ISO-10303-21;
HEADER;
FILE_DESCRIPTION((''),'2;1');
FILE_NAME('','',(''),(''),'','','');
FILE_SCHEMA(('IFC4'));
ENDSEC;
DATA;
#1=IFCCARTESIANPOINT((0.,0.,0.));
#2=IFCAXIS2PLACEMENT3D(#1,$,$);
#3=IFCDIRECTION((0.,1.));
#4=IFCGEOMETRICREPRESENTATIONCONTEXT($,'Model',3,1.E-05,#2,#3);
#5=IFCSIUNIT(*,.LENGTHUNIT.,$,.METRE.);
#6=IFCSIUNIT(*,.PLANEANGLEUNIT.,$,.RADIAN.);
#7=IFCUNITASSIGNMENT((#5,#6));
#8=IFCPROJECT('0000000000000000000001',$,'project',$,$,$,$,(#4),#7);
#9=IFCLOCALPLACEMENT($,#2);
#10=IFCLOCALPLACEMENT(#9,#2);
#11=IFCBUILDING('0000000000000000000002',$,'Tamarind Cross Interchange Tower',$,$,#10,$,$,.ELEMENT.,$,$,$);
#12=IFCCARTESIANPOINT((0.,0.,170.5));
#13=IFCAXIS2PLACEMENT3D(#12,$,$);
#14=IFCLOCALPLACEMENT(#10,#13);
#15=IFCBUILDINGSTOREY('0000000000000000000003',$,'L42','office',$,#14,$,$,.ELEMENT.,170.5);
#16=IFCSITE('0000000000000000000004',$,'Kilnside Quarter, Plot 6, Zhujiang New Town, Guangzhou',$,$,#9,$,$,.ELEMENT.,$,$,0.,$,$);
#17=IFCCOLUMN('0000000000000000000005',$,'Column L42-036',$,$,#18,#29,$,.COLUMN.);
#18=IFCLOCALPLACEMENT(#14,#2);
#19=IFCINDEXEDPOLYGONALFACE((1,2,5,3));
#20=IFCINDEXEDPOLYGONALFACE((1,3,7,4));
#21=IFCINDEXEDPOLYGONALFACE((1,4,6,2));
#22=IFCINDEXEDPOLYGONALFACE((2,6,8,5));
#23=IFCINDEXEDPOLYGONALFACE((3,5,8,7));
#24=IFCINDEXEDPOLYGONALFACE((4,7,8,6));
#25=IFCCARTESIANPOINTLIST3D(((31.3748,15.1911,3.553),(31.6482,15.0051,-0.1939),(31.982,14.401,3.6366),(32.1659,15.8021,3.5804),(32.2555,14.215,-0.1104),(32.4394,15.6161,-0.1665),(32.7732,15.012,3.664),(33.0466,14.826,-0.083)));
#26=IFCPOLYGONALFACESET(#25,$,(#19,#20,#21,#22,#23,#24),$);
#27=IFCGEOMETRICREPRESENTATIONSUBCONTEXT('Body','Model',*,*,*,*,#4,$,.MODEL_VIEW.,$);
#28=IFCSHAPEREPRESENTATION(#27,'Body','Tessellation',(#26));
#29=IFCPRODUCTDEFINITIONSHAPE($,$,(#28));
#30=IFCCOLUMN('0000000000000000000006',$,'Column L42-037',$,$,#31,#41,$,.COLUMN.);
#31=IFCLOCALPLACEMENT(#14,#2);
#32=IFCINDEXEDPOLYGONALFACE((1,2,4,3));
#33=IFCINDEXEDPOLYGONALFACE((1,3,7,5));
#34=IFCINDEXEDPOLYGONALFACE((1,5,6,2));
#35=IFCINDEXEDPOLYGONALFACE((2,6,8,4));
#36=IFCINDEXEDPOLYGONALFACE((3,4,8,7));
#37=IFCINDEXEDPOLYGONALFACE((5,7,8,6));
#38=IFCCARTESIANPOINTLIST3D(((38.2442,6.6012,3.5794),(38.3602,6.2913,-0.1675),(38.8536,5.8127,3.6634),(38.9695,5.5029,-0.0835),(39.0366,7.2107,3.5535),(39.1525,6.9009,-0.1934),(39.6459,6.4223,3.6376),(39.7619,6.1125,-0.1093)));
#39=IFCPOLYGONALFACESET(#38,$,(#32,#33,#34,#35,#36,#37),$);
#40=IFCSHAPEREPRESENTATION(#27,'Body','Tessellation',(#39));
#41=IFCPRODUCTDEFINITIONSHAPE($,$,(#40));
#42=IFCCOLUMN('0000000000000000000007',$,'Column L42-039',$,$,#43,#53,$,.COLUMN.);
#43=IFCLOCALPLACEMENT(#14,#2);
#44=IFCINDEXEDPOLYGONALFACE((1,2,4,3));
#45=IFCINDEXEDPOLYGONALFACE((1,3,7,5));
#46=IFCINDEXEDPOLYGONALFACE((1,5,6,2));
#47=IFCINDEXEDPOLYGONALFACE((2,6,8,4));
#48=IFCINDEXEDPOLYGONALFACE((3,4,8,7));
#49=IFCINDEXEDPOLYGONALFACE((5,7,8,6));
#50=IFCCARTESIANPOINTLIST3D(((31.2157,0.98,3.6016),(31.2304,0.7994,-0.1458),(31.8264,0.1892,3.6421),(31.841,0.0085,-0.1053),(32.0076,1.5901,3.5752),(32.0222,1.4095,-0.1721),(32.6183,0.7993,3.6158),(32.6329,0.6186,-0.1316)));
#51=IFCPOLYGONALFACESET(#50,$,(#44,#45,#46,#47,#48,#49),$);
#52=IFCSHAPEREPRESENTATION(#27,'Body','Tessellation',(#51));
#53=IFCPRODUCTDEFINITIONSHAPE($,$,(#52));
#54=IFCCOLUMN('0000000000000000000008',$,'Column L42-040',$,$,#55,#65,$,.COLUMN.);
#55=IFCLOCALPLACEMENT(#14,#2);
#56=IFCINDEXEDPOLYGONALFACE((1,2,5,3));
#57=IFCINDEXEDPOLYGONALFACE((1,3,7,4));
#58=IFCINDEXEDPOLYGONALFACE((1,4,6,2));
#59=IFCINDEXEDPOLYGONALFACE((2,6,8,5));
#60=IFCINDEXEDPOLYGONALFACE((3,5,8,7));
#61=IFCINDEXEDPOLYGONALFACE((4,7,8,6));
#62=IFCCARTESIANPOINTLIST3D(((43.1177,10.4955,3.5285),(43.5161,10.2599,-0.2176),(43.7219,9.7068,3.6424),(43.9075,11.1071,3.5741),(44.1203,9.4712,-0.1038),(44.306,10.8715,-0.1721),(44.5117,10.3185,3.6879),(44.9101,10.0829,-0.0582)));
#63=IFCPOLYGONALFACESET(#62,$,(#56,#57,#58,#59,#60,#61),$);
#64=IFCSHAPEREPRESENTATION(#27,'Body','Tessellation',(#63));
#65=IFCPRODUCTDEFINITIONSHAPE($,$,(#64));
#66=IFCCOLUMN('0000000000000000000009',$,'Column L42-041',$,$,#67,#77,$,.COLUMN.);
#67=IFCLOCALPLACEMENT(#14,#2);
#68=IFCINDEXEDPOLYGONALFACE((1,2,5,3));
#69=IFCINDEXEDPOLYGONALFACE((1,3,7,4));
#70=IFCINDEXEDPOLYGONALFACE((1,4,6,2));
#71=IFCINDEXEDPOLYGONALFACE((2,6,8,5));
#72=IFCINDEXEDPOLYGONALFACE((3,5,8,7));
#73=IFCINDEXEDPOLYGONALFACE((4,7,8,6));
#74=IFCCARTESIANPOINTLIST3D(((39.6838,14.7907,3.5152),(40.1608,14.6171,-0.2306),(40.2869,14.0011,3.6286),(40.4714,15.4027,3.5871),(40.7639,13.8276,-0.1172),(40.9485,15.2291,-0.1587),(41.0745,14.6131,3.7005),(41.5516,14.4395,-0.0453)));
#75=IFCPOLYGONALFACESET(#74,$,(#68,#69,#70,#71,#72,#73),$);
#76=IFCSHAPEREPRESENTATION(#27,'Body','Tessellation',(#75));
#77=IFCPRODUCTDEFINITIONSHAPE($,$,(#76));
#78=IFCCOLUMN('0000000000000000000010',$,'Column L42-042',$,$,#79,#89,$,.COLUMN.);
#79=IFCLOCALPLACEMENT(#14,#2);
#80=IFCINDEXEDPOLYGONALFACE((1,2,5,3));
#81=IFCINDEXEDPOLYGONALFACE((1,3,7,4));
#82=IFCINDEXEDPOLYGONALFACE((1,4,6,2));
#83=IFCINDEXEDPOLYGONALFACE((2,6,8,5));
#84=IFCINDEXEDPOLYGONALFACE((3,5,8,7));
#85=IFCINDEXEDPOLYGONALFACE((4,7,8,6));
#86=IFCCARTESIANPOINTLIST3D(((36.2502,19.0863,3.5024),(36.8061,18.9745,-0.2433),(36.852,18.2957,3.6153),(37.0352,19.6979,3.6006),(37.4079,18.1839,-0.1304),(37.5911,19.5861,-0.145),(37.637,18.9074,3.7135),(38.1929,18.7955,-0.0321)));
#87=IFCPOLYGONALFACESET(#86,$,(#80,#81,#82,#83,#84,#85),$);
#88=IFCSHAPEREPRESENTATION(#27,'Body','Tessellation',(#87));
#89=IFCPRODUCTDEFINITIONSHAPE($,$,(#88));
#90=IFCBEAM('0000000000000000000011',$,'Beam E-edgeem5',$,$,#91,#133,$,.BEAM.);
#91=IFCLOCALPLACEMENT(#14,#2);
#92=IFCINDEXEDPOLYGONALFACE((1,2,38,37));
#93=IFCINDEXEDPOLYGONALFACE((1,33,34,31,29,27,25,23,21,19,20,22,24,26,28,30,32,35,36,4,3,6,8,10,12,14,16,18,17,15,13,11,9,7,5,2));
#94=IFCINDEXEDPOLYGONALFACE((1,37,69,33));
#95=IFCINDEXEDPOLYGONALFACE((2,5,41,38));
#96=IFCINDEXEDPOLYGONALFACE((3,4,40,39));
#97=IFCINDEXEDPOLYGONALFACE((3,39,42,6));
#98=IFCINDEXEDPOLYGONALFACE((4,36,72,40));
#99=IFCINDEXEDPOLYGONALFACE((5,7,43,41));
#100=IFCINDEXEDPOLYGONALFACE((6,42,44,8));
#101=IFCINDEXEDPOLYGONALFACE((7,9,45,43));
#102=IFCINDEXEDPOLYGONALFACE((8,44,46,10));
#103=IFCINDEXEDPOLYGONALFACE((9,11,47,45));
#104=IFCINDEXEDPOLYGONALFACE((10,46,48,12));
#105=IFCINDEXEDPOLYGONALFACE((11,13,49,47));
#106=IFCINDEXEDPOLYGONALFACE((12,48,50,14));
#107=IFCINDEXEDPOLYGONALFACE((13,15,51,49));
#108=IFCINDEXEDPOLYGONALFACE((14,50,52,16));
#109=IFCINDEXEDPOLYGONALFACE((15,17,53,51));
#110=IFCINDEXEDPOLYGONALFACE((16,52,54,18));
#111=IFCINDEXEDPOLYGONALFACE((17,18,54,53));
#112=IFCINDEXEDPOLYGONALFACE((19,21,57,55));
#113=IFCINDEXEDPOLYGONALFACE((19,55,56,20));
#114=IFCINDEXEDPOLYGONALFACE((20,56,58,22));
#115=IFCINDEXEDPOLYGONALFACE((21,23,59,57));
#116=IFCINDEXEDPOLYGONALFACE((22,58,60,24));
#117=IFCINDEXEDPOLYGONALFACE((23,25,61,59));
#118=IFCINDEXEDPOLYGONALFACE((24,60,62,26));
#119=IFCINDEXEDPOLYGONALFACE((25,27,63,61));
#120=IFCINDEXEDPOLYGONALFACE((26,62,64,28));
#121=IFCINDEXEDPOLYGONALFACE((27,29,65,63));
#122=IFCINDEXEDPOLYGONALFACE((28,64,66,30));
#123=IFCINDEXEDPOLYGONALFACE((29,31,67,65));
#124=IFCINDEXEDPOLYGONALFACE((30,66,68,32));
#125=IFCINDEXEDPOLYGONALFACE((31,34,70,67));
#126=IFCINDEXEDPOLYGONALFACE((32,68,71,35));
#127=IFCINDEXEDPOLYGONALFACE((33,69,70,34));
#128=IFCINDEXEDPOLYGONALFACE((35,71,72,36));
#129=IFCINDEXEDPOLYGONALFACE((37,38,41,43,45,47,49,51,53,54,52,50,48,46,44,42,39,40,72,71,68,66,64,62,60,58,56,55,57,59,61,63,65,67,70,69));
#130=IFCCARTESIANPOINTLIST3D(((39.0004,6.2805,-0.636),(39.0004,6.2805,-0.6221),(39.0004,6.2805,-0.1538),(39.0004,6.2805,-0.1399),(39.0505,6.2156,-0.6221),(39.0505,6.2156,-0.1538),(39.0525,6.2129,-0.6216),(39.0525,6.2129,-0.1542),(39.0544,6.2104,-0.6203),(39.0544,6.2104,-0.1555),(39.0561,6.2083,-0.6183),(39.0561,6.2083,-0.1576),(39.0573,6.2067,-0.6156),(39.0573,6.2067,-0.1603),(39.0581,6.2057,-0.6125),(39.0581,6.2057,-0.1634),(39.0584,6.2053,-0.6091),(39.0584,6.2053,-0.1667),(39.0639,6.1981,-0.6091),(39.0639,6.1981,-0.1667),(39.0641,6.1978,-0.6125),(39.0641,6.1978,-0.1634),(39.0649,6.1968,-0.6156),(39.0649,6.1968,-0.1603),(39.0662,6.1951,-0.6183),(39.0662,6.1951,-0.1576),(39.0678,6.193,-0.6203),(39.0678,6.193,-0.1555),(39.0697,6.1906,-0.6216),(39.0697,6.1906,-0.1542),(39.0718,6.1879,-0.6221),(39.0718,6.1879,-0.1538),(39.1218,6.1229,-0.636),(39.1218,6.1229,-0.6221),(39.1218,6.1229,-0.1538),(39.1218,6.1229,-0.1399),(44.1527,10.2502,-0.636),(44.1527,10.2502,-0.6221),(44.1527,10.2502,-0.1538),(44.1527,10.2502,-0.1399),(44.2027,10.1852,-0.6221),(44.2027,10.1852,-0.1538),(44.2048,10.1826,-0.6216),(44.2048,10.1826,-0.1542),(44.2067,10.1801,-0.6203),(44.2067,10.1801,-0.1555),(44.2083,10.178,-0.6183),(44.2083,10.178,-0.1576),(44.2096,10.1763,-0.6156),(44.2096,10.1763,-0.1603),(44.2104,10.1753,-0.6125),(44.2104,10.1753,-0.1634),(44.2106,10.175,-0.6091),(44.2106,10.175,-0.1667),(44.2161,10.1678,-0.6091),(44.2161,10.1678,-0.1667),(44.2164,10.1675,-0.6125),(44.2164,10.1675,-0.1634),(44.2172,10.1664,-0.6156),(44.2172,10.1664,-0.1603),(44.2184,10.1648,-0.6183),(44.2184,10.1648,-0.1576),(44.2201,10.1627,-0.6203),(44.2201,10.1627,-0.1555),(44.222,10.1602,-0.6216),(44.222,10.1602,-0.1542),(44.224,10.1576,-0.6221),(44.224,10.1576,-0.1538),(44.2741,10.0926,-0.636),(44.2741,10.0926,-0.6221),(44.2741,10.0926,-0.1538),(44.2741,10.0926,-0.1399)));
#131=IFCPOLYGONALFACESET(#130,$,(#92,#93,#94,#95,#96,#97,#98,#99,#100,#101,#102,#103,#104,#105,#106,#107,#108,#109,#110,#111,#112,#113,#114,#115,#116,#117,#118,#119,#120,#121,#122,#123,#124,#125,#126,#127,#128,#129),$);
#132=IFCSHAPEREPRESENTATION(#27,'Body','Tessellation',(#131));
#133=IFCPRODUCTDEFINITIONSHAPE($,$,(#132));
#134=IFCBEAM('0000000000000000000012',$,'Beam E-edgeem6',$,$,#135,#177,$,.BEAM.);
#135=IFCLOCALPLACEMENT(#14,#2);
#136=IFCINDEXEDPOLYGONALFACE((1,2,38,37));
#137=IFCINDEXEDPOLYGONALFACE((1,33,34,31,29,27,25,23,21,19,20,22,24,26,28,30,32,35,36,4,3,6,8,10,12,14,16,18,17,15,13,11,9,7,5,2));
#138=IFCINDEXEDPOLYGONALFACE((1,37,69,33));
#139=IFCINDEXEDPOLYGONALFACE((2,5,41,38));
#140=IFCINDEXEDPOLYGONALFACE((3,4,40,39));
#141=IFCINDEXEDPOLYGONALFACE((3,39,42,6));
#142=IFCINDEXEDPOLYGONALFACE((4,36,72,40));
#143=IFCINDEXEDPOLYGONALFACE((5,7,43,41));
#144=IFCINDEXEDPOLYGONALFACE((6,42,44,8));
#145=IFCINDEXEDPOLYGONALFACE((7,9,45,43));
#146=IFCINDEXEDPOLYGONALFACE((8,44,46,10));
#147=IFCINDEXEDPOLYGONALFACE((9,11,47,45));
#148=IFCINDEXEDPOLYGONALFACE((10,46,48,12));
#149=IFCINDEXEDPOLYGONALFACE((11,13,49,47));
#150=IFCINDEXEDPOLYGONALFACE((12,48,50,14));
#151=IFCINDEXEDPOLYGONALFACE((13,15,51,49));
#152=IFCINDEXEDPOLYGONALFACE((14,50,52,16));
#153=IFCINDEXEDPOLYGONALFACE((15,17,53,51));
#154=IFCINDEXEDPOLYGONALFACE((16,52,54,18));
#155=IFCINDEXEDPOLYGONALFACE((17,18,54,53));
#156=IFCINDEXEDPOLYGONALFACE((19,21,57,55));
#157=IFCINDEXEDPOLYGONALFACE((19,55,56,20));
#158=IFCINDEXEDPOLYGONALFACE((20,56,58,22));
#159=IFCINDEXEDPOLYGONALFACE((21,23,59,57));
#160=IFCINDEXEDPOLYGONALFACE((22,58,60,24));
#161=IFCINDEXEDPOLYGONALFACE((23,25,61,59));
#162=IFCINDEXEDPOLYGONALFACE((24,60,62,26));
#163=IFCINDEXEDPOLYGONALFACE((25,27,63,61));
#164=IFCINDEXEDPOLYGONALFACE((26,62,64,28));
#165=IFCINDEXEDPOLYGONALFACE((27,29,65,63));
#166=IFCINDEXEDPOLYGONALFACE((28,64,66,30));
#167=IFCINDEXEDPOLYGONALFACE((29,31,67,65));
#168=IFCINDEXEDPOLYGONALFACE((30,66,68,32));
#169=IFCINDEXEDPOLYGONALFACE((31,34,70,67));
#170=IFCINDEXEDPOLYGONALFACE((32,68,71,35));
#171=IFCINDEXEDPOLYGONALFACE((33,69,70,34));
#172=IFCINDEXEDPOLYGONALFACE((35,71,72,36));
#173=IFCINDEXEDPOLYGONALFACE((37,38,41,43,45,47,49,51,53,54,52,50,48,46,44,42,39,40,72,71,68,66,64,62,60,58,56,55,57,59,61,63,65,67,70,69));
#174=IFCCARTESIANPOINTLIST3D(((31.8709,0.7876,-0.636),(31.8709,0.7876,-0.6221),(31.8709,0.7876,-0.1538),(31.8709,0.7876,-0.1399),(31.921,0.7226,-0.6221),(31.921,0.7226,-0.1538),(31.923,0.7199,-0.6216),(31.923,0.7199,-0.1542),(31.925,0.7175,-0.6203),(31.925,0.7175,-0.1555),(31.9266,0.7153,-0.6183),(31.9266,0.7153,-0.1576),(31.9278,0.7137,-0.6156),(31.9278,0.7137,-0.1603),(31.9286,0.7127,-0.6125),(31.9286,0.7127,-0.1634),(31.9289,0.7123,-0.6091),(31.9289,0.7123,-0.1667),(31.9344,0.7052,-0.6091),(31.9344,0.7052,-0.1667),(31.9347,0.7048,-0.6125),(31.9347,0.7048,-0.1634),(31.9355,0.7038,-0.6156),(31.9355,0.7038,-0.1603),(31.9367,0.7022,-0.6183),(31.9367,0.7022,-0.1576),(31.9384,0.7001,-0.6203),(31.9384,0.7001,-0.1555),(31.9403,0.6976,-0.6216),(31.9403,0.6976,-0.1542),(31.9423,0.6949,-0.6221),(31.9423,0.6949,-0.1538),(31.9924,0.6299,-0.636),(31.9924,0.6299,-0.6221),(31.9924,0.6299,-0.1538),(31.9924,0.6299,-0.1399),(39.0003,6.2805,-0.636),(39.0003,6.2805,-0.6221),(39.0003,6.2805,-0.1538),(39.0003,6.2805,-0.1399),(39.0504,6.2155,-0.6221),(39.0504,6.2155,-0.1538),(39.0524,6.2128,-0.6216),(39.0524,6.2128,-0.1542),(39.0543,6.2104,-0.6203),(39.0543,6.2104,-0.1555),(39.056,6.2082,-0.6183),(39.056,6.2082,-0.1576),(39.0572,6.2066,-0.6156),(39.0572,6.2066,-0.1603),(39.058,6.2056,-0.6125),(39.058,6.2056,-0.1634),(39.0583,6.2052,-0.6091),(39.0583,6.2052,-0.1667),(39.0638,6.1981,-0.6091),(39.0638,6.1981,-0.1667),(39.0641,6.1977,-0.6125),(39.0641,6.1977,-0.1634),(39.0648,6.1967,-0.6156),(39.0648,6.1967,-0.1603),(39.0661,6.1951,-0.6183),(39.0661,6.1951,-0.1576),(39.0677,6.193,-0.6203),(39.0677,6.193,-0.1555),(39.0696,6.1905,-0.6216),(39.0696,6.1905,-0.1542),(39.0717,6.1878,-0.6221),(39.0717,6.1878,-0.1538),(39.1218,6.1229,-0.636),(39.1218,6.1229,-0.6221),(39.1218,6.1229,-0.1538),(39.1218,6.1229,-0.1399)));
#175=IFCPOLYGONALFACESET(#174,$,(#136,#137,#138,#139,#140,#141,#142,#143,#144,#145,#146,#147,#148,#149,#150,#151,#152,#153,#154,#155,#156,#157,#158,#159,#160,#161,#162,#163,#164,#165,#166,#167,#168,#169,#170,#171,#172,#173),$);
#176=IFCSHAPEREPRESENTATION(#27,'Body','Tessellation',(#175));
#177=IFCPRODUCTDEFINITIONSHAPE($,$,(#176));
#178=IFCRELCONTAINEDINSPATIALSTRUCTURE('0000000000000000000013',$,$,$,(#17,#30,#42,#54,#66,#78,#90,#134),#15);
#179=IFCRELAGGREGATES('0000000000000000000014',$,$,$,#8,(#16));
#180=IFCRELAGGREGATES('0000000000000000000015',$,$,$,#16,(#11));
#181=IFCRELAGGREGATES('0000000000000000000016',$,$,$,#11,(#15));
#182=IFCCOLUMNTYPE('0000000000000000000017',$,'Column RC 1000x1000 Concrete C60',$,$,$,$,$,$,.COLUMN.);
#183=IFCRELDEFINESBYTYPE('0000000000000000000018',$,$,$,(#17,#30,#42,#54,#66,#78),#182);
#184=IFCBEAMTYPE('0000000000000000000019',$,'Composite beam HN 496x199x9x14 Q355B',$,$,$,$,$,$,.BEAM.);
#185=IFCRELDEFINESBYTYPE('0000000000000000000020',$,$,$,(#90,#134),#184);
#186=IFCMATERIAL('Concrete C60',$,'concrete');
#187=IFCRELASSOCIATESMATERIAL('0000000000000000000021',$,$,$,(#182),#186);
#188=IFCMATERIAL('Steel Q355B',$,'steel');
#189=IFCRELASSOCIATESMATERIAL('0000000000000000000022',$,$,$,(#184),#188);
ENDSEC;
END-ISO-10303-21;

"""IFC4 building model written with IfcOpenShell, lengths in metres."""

from ifc_helpers import new_model, si_unit, direction, frame, origin, origin_2d, place, context, subcontext, project, spatial, rectangle, i_section, extrude, material, material_profile, profile_set, type_object, element, save


model = new_model("IFC4")

# Units and contexts
model_context = context("Model", 3, precision=1e-05, world=origin(), true_north=direction((0.0, 1.0)))
body_context = subcontext(model_context, "Body", "Model", "MODEL_VIEW")
ifc_project = project(units=[si_unit("LENGTHUNIT", "METRE"), si_unit("PLANEANGLEUNIT", "RADIAN")], contexts=[model_context])

# Site, building, storey
site_placement = place(None, origin())
site = spatial("IfcSite", under=ifc_project, at=site_placement, Name="Kilnside Quarter, Plot 6, Zhujiang New Town, Guangzhou", CompositionType="ELEMENT", RefElevation=0.0)
building_placement = place(site_placement, origin())
building = spatial("IfcBuilding", under=site, at=building_placement, Name="Tamarind Cross Interchange Tower", CompositionType="ELEMENT")
storey_placement = place(building_placement, frame((0.0, 0.0, 170.5)))
storey = spatial("IfcBuildingStorey", under=building, at=storey_placement, Name="L42", Description="office", CompositionType="ELEMENT", Elevation=170.5)

# Columns
ifc_material_1 = material(Name="Concrete C60", Category="concrete")
ifc_material_profile_1 = material_profile(ifc_material_1, rectangle(XDim=1.0, YDim=1.0, at=origin_2d()), Name="RC 1000x1000")
ifc_profile_set_1 = profile_set([ifc_material_profile_1], Name="Concrete C60")
column_type = type_object("IfcColumnType", Name="Column RC 1000x1000 Concrete C60", PredefinedType="COLUMN", material=ifc_profile_set_1)
for number, where, z_axis, x_axis, name in (
    (1, (32.3474, 14.9155, -0.1384), (-0.072696, 0.049459, 0.996127), (0.607261, -0.790098, 0.083546), "Column L42-036"),
    (2, (39.061, 6.2019, -0.1384), (-0.030831, 0.082367, 0.996125), (-0.792312, -0.609567, 0.025881), "Column L42-037"),
):
    element("IfcColumn", number, at=place(storey_placement, frame(where, z_axis=z_axis, x_axis=x_axis)), inside=storey, type_object=column_type, Name=name, PredefinedType="COLUMN", context=body_context, shape_type="SweptSolid", body=[
        extrude(rectangle(XDim=1.0, YDim=1.0, at=origin_2d()), origin(), (0.0, 0.0, 1.0), 3.7615),
    ])
column_1_placement = place(storey_placement, frame((31.9316, 0.709, -0.1387), z_axis=(-0.003904, 0.048155, 0.998832), x_axis=(-0.791877, -0.610113, 0.026319)))
element("IfcColumn", 3, at=column_1_placement, inside=storey, type_object=column_type, Name="Column L42-039", PredefinedType="COLUMN", context=body_context, shape_type="SweptSolid", body=[
    extrude(rectangle(XDim=1.0, YDim=1.0, at=origin_2d()), origin(), (0.0, 0.0, 1.0), 3.7517),
])
column_2_placement = place(storey_placement, frame((44.2131, 10.1714, -0.1379), z_axis=(-0.105558, 0.062416, 0.992452), x_axis=(0.604179, -0.788672, 0.113861)))
element("IfcColumn", 4, at=column_2_placement, inside=storey, type_object=column_type, Name="Column L42-040", PredefinedType="COLUMN", context=body_context, shape_type="SweptSolid", body=[
    extrude(rectangle(XDim=1.0, YDim=1.0, at=origin_2d()), origin(), (0.0, 0.0, 1.0), 3.7747),
])
column_3_placement = place(storey_placement, frame((40.8562, 14.5283, -0.1379), z_axis=(-0.126201, 0.045921, 0.990941), x_axis=(0.603096, -0.789567, 0.113396)))
element("IfcColumn", 5, at=column_3_placement, inside=storey, type_object=column_type, Name="Column L42-041", PredefinedType="COLUMN", context=body_context, shape_type="SweptSolid", body=[
    extrude(rectangle(XDim=1.0, YDim=1.0, at=origin_2d()), origin(), (0.0, 0.0, 1.0), 3.78),
])
column_4_placement = place(storey_placement, frame((37.4995, 18.885, -0.1377), z_axis=(-0.146744, 0.029516, 0.988734), x_axis=(0.601849, -0.790586, 0.112925)))
element("IfcColumn", 6, at=column_4_placement, inside=storey, type_object=column_type, Name="Column L42-042", PredefinedType="COLUMN", context=body_context, shape_type="SweptSolid", body=[
    extrude(rectangle(XDim=1.0, YDim=1.0, at=origin_2d()), origin(), (0.0, 0.0, 1.0), 3.7883),
])

# Beams
ifc_material_2 = material(Name="Steel Q355B", Category="steel")
ifc_material_profile_2 = material_profile(ifc_material_2, i_section(OverallWidth=0.199, OverallDepth=0.4961, WebThickness=0.009, FlangeThickness=0.0139, FilletRadius=0.0129, at=origin_2d()), Name="HN 496x199x9x14")
ifc_profile_set_2 = profile_set([ifc_material_profile_2], Name="Steel Q355B")
beam_type_1 = type_object("IfcBeamType", Name="Composite beam HN 496x199x9x14 Q355B", PredefinedType="BEAM", material=ifc_profile_set_2)
beam_1_placement = place(storey_placement, frame((44.2134, 10.1714, -0.3879), z_axis=(-0.792149, -0.610327, 0.0), x_axis=(0.610327, -0.792149, 0.0)))
element("IfcBeam", 7, at=beam_1_placement, inside=storey, type_object=beam_type_1, Name="Beam E-edgeem5", PredefinedType="BEAM", context=body_context, shape_type="SweptSolid", body=[
    extrude(i_section(OverallWidth=0.199, OverallDepth=0.4961, WebThickness=0.009, FlangeThickness=0.0139, FilletRadius=0.0129, at=origin_2d()), origin(), (0.0, 0.0, 1.0), 6.5042),
])
beam_2_placement = place(storey_placement, frame((39.061, 6.2017, -0.3879), z_axis=(-0.792153, -0.610323, 0.0), x_axis=(0.610323, -0.792153, 0.0)))
element("IfcBeam", 8, at=beam_2_placement, inside=storey, type_object=beam_type_1, Name="Beam E-edgeem6", PredefinedType="BEAM", context=body_context, shape_type="SweptSolid", body=[
    extrude(i_section(OverallWidth=0.199, OverallDepth=0.4961, WebThickness=0.009, FlangeThickness=0.0139, FilletRadius=0.0129, at=origin_2d()), origin(), (0.0, 0.0, 1.0), 9.0),
])

save(model, "model.ifc")
